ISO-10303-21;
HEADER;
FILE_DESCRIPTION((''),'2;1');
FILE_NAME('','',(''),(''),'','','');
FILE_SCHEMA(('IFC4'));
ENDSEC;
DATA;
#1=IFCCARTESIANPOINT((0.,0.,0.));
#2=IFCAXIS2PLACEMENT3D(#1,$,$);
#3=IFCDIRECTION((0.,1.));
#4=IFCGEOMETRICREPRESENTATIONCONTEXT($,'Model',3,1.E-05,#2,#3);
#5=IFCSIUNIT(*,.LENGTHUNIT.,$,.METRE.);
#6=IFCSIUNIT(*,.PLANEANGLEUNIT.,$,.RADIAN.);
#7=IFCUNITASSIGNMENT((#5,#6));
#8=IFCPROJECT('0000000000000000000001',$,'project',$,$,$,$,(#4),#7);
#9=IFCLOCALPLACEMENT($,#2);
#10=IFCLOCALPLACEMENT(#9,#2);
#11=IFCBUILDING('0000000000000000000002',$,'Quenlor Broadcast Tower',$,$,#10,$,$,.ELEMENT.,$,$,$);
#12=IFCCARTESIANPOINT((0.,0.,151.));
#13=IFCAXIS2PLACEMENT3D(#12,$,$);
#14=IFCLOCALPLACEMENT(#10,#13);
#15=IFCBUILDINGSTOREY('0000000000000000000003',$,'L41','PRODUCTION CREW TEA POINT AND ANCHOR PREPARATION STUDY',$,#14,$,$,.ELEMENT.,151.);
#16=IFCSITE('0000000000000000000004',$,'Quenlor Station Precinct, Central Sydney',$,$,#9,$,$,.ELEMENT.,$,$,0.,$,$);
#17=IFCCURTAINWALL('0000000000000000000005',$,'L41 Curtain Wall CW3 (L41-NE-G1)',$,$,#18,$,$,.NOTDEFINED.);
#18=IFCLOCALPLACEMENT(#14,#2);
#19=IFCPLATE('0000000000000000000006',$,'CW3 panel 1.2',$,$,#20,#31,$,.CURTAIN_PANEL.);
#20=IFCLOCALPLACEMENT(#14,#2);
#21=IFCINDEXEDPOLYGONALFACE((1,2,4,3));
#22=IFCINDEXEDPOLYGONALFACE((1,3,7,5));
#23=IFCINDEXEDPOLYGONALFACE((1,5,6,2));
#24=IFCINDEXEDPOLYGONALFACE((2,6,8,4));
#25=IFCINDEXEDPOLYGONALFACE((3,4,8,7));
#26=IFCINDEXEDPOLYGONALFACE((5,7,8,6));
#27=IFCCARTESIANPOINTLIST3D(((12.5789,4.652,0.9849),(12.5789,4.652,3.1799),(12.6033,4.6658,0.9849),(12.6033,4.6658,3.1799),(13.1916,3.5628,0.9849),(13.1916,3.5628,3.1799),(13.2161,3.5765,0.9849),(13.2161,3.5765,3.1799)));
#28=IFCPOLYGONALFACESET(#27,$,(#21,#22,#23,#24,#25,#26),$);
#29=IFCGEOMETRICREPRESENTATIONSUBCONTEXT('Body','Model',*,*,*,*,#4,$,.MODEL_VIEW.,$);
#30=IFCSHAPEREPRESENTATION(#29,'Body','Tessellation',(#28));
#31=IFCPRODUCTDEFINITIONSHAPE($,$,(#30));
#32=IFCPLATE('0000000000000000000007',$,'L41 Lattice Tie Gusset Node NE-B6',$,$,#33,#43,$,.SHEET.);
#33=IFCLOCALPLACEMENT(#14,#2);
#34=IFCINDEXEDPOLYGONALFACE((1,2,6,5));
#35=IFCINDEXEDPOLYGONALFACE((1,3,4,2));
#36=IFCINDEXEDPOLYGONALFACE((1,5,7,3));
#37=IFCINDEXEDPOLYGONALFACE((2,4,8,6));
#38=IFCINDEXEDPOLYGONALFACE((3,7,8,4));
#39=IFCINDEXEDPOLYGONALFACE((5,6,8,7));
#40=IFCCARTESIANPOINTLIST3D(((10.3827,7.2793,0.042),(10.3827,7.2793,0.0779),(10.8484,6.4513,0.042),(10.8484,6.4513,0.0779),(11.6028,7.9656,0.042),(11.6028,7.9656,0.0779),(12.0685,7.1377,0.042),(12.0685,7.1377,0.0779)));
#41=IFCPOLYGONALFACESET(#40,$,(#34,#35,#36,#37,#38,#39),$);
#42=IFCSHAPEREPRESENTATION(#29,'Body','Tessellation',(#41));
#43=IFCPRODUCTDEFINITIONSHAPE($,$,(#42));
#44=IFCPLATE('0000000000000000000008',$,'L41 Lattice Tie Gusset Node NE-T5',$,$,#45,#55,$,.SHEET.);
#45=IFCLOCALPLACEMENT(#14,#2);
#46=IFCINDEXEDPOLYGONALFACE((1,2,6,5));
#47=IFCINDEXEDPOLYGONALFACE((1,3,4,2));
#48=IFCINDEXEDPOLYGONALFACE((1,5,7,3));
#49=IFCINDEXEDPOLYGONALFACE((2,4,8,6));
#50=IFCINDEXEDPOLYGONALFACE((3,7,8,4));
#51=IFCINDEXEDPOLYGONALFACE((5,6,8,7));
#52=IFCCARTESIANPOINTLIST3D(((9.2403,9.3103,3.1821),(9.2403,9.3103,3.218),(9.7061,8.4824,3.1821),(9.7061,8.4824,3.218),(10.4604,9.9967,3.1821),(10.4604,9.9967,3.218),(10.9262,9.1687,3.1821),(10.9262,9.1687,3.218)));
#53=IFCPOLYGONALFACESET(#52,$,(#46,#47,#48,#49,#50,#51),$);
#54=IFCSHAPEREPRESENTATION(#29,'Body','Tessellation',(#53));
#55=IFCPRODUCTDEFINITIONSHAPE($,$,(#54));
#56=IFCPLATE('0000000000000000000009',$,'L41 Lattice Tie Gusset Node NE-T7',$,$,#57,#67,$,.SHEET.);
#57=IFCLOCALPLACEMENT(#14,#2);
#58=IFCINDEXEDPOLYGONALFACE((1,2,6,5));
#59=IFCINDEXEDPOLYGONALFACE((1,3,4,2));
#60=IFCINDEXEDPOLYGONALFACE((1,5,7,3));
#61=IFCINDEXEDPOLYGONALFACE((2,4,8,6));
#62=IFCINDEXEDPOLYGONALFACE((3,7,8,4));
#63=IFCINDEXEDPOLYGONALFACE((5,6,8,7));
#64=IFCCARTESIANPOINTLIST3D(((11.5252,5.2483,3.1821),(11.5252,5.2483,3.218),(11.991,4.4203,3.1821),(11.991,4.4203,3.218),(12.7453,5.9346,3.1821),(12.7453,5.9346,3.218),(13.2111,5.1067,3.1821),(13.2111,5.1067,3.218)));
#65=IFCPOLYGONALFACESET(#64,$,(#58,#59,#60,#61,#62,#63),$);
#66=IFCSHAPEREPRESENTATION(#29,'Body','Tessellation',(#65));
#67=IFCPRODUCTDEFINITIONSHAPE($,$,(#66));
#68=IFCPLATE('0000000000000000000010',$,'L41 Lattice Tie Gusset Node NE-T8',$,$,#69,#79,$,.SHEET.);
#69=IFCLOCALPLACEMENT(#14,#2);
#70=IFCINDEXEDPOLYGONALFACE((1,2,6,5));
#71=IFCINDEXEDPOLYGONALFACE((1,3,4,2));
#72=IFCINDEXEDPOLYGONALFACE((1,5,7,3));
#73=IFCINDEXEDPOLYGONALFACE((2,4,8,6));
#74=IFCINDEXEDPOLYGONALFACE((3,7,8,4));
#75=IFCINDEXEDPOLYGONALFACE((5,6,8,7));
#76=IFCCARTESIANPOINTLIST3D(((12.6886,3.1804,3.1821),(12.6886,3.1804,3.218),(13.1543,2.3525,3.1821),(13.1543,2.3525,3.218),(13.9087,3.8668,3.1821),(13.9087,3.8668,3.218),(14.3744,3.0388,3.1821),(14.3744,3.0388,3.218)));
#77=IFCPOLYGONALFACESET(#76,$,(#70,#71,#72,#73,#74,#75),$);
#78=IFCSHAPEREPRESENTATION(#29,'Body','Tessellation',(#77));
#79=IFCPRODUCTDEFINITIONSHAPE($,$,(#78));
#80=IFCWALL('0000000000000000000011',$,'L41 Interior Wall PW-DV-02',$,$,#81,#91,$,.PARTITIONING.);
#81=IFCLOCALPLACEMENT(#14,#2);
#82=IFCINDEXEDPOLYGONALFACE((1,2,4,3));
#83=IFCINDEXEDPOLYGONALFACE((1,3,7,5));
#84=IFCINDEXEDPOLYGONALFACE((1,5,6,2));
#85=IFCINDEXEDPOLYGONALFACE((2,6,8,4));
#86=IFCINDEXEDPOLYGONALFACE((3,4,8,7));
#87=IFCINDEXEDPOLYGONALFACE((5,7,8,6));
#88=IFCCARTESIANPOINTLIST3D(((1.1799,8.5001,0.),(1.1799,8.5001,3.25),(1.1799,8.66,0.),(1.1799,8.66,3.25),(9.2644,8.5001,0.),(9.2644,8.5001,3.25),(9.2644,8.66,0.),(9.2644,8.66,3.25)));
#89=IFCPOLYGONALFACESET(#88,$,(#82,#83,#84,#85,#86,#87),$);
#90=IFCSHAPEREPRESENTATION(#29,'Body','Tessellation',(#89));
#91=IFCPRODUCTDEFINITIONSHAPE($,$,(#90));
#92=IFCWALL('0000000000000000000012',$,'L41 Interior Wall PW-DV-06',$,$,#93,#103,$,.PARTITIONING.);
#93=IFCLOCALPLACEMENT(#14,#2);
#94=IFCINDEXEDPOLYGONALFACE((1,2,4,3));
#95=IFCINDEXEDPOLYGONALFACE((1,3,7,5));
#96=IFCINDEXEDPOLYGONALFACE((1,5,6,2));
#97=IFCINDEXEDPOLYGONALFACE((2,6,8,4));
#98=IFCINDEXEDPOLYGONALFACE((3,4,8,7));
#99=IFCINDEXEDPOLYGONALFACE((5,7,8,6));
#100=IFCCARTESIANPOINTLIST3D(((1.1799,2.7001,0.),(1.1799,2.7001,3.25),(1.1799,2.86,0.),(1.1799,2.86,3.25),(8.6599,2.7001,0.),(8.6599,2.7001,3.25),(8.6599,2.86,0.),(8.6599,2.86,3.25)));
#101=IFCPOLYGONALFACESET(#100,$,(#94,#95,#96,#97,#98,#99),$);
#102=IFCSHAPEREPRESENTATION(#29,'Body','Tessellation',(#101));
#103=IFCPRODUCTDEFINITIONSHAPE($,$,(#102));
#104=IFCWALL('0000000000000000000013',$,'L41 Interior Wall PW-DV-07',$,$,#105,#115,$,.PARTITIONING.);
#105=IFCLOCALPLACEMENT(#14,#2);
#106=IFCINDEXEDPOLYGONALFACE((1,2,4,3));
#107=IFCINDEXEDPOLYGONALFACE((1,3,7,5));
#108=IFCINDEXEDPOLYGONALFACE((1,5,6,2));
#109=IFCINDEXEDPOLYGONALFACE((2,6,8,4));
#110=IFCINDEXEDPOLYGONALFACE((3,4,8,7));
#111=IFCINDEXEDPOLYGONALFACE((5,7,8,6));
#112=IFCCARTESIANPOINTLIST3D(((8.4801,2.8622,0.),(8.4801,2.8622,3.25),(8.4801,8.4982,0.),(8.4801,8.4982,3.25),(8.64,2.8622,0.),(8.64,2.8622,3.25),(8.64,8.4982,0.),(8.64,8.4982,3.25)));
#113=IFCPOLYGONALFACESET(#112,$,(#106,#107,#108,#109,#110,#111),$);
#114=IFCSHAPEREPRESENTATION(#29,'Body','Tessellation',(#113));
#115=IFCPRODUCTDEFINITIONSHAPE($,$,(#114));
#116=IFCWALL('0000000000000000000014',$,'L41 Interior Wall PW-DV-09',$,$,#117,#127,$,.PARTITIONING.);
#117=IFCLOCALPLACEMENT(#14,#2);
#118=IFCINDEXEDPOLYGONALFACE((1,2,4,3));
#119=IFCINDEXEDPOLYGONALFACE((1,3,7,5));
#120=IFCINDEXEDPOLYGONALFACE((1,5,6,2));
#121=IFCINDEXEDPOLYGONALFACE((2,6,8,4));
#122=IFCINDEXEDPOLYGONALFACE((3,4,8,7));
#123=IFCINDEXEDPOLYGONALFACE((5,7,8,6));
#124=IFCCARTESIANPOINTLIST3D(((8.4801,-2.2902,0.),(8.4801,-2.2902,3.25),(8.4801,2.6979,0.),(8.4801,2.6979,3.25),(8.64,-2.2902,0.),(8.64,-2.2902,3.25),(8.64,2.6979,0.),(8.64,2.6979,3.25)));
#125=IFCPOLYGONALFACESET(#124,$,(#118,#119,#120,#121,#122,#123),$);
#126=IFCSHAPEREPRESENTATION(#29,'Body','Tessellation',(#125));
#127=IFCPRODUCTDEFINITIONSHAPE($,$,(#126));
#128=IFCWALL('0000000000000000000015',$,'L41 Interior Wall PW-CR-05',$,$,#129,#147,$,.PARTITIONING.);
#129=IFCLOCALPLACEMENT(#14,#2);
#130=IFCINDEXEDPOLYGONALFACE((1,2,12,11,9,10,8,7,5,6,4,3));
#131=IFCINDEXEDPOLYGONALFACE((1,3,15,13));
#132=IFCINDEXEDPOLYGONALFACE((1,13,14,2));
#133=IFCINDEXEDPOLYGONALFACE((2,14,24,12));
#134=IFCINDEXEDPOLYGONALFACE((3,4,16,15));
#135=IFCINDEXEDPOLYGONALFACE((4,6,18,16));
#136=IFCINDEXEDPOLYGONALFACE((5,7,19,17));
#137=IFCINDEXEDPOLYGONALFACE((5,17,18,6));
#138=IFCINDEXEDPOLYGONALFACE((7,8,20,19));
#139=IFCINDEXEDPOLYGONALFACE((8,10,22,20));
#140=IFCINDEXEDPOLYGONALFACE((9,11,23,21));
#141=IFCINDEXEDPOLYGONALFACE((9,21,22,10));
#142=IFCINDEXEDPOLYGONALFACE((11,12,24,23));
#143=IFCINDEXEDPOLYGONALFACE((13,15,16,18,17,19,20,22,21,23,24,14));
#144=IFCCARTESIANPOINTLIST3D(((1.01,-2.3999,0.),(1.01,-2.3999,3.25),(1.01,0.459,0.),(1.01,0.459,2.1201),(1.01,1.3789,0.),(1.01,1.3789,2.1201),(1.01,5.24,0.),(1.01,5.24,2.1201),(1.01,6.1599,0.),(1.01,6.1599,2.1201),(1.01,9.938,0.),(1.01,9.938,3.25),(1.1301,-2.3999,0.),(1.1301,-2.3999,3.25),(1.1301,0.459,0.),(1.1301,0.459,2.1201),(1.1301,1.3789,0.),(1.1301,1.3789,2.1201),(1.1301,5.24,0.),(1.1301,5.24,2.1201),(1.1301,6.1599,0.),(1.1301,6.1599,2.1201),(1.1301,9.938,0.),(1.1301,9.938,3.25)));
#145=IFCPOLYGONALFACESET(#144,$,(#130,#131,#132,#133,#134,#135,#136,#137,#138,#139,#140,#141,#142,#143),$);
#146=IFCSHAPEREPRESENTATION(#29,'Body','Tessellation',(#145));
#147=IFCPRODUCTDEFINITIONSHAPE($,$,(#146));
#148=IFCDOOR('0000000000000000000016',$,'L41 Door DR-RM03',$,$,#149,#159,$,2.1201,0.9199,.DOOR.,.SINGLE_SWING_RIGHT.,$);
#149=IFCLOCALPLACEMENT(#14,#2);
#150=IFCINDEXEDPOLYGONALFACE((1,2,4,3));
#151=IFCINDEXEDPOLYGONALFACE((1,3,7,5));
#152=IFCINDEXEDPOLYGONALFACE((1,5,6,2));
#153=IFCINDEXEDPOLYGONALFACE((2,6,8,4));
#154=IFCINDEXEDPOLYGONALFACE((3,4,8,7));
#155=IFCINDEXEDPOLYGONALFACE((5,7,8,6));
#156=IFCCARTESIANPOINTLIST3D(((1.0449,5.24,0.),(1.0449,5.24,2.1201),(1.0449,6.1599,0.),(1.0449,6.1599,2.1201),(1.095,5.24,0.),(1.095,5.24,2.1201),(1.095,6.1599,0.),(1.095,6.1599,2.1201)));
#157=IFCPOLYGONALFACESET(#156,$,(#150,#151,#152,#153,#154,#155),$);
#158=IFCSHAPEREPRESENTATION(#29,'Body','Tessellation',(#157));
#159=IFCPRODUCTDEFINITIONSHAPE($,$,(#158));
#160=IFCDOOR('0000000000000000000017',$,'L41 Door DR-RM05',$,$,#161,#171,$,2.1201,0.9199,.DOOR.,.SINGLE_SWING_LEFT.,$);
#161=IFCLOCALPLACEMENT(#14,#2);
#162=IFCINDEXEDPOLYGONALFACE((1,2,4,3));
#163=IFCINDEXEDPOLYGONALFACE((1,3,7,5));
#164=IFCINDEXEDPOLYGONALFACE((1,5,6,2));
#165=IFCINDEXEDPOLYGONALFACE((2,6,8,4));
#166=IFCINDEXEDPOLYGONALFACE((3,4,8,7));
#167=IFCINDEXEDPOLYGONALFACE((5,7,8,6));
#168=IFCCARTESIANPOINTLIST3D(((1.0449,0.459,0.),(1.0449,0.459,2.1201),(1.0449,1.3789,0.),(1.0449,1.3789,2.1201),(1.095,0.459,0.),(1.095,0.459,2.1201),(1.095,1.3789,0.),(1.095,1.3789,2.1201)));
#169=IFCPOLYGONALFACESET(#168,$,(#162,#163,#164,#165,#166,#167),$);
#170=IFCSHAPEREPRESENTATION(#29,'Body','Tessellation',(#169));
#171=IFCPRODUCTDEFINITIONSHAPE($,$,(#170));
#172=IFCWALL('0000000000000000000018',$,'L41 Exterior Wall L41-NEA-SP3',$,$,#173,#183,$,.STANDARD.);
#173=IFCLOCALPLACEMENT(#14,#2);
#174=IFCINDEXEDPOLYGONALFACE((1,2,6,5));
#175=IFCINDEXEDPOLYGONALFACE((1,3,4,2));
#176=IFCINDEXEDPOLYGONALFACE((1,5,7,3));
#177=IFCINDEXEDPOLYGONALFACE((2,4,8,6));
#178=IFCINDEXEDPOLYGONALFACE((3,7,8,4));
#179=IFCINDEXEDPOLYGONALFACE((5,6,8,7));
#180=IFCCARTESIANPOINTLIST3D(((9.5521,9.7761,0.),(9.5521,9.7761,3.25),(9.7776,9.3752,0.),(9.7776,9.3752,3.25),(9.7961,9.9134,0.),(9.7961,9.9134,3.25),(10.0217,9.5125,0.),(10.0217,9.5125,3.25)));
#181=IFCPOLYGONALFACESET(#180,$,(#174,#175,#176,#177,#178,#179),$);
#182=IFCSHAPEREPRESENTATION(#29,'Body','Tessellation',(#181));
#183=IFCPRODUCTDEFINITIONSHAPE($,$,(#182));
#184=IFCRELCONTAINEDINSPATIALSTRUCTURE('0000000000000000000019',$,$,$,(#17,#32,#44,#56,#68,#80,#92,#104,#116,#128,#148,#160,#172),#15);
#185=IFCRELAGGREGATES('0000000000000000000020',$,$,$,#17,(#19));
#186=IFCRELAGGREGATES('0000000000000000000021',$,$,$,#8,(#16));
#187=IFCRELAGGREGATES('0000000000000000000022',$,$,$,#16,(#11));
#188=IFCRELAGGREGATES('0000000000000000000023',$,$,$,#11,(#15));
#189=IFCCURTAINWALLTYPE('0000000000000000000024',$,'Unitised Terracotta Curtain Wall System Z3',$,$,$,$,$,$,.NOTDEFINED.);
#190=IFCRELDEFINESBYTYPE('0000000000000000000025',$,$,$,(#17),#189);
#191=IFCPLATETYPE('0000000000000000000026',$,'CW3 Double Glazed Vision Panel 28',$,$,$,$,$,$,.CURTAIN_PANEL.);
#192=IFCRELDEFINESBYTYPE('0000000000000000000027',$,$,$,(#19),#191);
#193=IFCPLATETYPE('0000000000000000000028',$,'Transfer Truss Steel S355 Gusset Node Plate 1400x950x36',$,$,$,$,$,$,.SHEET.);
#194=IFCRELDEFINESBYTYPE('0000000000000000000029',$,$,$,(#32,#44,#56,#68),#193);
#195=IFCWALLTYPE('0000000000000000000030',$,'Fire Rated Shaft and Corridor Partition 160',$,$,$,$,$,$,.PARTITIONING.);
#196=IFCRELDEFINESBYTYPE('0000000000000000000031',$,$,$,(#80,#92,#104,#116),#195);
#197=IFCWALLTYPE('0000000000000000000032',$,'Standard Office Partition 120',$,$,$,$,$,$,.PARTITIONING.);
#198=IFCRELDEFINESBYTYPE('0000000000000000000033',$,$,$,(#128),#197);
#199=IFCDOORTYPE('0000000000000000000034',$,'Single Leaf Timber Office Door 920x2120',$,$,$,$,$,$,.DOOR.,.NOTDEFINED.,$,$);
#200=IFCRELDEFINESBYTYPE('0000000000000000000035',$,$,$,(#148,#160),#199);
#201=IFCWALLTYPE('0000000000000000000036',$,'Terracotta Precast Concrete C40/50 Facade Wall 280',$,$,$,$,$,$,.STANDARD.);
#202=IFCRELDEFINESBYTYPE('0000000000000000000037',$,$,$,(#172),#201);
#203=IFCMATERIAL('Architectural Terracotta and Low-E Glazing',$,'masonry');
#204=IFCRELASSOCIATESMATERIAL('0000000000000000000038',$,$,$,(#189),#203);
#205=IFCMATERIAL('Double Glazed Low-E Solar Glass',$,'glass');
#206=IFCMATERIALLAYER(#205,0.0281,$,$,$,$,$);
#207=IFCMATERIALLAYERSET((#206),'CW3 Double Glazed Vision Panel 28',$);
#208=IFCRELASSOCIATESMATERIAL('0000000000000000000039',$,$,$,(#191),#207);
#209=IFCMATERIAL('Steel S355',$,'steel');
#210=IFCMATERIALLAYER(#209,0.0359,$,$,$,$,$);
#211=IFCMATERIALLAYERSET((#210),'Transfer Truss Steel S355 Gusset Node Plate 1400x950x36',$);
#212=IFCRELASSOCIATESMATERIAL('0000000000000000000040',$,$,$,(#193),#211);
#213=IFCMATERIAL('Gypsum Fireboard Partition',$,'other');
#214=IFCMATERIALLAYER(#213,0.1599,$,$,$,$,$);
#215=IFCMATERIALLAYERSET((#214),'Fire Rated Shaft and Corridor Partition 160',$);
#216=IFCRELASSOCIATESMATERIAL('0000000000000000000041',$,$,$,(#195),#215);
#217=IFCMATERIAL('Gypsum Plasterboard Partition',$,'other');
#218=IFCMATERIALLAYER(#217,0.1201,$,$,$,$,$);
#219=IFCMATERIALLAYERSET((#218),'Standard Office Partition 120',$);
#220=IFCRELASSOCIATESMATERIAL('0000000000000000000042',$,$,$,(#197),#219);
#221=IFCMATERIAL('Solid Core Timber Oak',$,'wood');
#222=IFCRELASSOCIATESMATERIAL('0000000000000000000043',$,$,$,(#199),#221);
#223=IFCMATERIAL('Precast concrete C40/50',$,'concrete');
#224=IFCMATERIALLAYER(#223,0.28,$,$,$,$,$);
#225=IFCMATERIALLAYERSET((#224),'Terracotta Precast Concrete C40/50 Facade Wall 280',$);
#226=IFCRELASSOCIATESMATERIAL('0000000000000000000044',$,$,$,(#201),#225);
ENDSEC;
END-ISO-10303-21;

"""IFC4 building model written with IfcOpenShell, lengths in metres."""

from ifc_helpers import new_model, si_unit, direction, frame, frame_2d, origin, origin_2d, place, context, subcontext, project, spatial, rectangle, extrude, material, layer, layer_set, type_object, element, fill, aggregate, save


model = new_model("IFC4")

# Units and contexts
model_context = context("Model", 3, precision=1e-05, world=origin(), true_north=direction((0.0, 1.0)))
body_context = subcontext(model_context, "Body", "Model", "MODEL_VIEW")
ifc_project = project(units=[si_unit("LENGTHUNIT", "METRE"), si_unit("PLANEANGLEUNIT", "RADIAN")], contexts=[model_context])

# Site, building, storey
site_placement = place(None, origin())
site = spatial("IfcSite", under=ifc_project, at=site_placement, Name="Quenlor Station Precinct, Central Sydney", CompositionType="ELEMENT", RefElevation=0.0)
building_placement = place(site_placement, origin())
building = spatial("IfcBuilding", under=site, at=building_placement, Name="Quenlor Broadcast Tower", CompositionType="ELEMENT")
storey_placement = place(building_placement, frame((0.0, 0.0, 151.0)))
storey = spatial("IfcBuildingStorey", under=building, at=storey_placement, Name="L41", Description="PRODUCTION CREW TEA POINT AND ANCHOR PREPARATION STUDY", CompositionType="ELEMENT", Elevation=151.0)

# Shared definitions
ifc_material_1 = material(Name="Architectural Terracotta and Low-E Glazing", Category="masonry")
curtain_wall_type = type_object("IfcCurtainWallType", Name="Unitised Terracotta Curtain Wall System Z3", PredefinedType="NOTDEFINED", material=ifc_material_1)

# Curtain wall
curtain_wall_1_placement = place(storey_placement, origin())
curtain_wall_1 = element("IfcCurtainWall", 1, at=curtain_wall_1_placement, inside=storey, type_object=curtain_wall_type, Name="L41 Curtain Wall CW3 (L41-NE-G1)", PredefinedType="NOTDEFINED")

# Plate
ifc_material_2 = material(Name="Double Glazed Low-E Solar Glass", Category="glass")
ifc_layer_1 = layer(ifc_material_2, 0.0281)
ifc_layer_set_1 = layer_set([ifc_layer_1], Name="CW3 Double Glazed Vision Panel 28")
plate_type_1 = type_object("IfcPlateType", Name="CW3 Double Glazed Vision Panel 28", PredefinedType="CURTAIN_PANEL", material=ifc_layer_set_1)
plate_1_placement = place(storey_placement, frame((12.8975, 4.1143, 0.9849), z_axis=(0.0, 0.0, 1.0), x_axis=(0.490285, -0.871562, 0.0)))
plate_1 = element("IfcPlate", 2, at=plate_1_placement, type_object=plate_type_1, Name="CW3 panel 1.2", PredefinedType="CURTAIN_PANEL", context=body_context, shape_type="SweptSolid", body=[
    extrude(rectangle(XDim=1.2498, YDim=0.0281, at=origin_2d()), origin(), (0.0, 0.0, 1.0), 2.1951),
])
aggregate(curtain_wall_1, [plate_1])

# Plates
ifc_material_3 = material(Name="Steel S355", Category="steel")
ifc_layer_2 = layer(ifc_material_3, 0.0359)
ifc_layer_set_2 = layer_set([ifc_layer_2], Name="Transfer Truss Steel S355 Gusset Node Plate 1400x950x36")
plate_type_2 = type_object("IfcPlateType", Name="Transfer Truss Steel S355 Gusset Node Plate 1400x950x36", PredefinedType="SHEET", material=ifc_layer_set_2)
for number, where, z_axis, x_axis, name in (
    (3, (11.2256, 7.2085, 0.042), (0.0, 0.0, 1.0), (0.871556, 0.490295, 0.0), "L41 Lattice Tie Gusset Node NE-B6"),
    (4, (10.0833, 9.2395, 3.1821), (0.0, 0.0, 1.0), (0.871556, 0.490295, 0.0), "L41 Lattice Tie Gusset Node NE-T5"),
    (5, (12.3682, 5.1775, 3.1821), (0.0, 0.0, 1.0), (0.871556, 0.490295, 0.0), "L41 Lattice Tie Gusset Node NE-T7"),
    (6, (13.5315, 3.1096, 3.1821), (0.0, 0.0, 1.0), (0.871556, 0.490295, 0.0), "L41 Lattice Tie Gusset Node NE-T8"),
):
    element("IfcPlate", number, at=place(storey_placement, frame(where, z_axis=z_axis, x_axis=x_axis)), inside=storey, type_object=plate_type_2, Name=name, PredefinedType="SHEET", context=body_context, shape_type="SweptSolid", body=[
        extrude(rectangle(XDim=1.3999, YDim=0.95, at=origin_2d()), origin(), (0.0, 0.0, 1.0), 0.0359),
    ])

# Walls
ifc_material_4 = material(Name="Gypsum Fireboard Partition", Category="other")
ifc_layer_3 = layer(ifc_material_4, 0.1599)
ifc_layer_set_3 = layer_set([ifc_layer_3], Name="Fire Rated Shaft and Corridor Partition 160")
wall_type_1 = type_object("IfcWallType", Name="Fire Rated Shaft and Corridor Partition 160", PredefinedType="PARTITIONING", material=ifc_layer_set_3)
wall_1_placement = place(storey_placement, frame((9.2644, 8.5801, 0.0), z_axis=(0.0, 0.0, 1.0), x_axis=(-1.0, 0.0, 0.0)))
element("IfcWall", 7, at=wall_1_placement, inside=storey, type_object=wall_type_1, Name="L41 Interior Wall PW-DV-02", PredefinedType="PARTITIONING", context=body_context, shape_type="SweptSolid", body=[
    extrude(rectangle(XDim=8.0845, YDim=0.1599, at=frame_2d((4.0422, 0.0))), origin(), (0.0, 0.0, 1.0), 3.25),
])
wall_2_placement = place(storey_placement, frame((8.6599, 2.78, 0.0), z_axis=(0.0, 0.0, 1.0), x_axis=(-1.0, 0.0, 0.0)))
element("IfcWall", 8, at=wall_2_placement, inside=storey, type_object=wall_type_1, Name="L41 Interior Wall PW-DV-06", PredefinedType="PARTITIONING", context=body_context, shape_type="SweptSolid", body=[
    extrude(rectangle(XDim=7.48, YDim=0.1599, at=frame_2d((3.74, 0.0))), origin(), (0.0, 0.0, 1.0), 3.25),
])
wall_3_placement = place(storey_placement, frame((8.5601, 8.498, 0.0), z_axis=(0.0, 0.0, 1.0), x_axis=(0.0, -1.0, 0.0)))
element("IfcWall", 9, at=wall_3_placement, inside=storey, type_object=wall_type_1, Name="L41 Interior Wall PW-DV-07", PredefinedType="PARTITIONING", context=body_context, shape_type="SweptSolid", body=[
    extrude(rectangle(XDim=5.636, YDim=0.1599, at=frame_2d((2.8179, 0.0))), origin(), (0.0, 0.0, 1.0), 3.25),
])
wall_4_placement = place(storey_placement, frame((8.5601, 2.698, 0.0), z_axis=(0.0, 0.0, 1.0), x_axis=(0.0, -1.0, 0.0)))
element("IfcWall", 10, at=wall_4_placement, inside=storey, type_object=wall_type_1, Name="L41 Interior Wall PW-DV-09", PredefinedType="PARTITIONING", context=body_context, shape_type="SweptSolid", body=[
    extrude(rectangle(XDim=4.988, YDim=0.1599, at=frame_2d((2.4941, 0.0))), origin(), (0.0, 0.0, 1.0), 3.25),
])

# Wall, openings, doors
ifc_material_5 = material(Name="Gypsum Plasterboard Partition", Category="other")
ifc_layer_4 = layer(ifc_material_5, 0.1201)
ifc_layer_set_4 = layer_set([ifc_layer_4], Name="Standard Office Partition 120")
wall_type_2 = type_object("IfcWallType", Name="Standard Office Partition 120", PredefinedType="PARTITIONING", material=ifc_layer_set_4)
wall_5_placement = place(storey_placement, frame((1.0701, 9.938, 0.0), z_axis=(0.0, 0.0, 1.0), x_axis=(0.0, -1.0, 0.0)))
wall_5 = element("IfcWall", 11, at=wall_5_placement, inside=storey, type_object=wall_type_2, Name="L41 Interior Wall PW-CR-05", PredefinedType="PARTITIONING", context=body_context, shape_type="SweptSolid", body=[
    extrude(rectangle(XDim=12.3379, YDim=0.1201, at=frame_2d((6.1689, 0.0))), origin(), (0.0, 0.0, 1.0), 3.25),
])
opening_1_placement = place(wall_5_placement, frame((3.7781, 0.0, 0.0)))
opening_1 = element("IfcOpeningElement", 12, at=opening_1_placement, cuts=wall_5, PredefinedType="OPENING", context=body_context, shape_type="SweptSolid", body=[
    extrude(rectangle(XDim=0.9199, YDim=2.1201, at=frame_2d((0.46, 1.0601))), frame((0.0, 0.0701, 0.0), z_axis=(0.0, -1.0, 0.0), x_axis=(1.0, 0.0, 0.0)), (0.0, 0.0, 1.0), 0.1401),
])
opening_2_placement = place(wall_5_placement, frame((8.5591, 0.0, 0.0)))
opening_2 = element("IfcOpeningElement", 13, at=opening_2_placement, cuts=wall_5, PredefinedType="OPENING", context=body_context, shape_type="SweptSolid", body=[
    extrude(rectangle(XDim=0.9199, YDim=2.1201, at=frame_2d((0.46, 1.0601))), frame((0.0, 0.0701, 0.0), z_axis=(0.0, -1.0, 0.0), x_axis=(1.0, 0.0, 0.0)), (0.0, 0.0, 1.0), 0.1401),
])
ifc_material_6 = material(Name="Solid Core Timber Oak", Category="wood")
door_type = type_object("IfcDoorType", Name="Single Leaf Timber Office Door 920x2120", OperationType="NOTDEFINED", PredefinedType="DOOR", material=ifc_material_6)
door_1_placement = place(opening_1_placement, origin())
door_1 = element("IfcDoor", 14, at=door_1_placement, inside=storey, type_object=door_type, Name="L41 Door DR-RM03", OperationType="SINGLE_SWING_RIGHT", OverallHeight=2.1201, OverallWidth=0.9199, PredefinedType="DOOR", context=body_context, shape_type="SweptSolid", body=[
    extrude(rectangle(XDim=0.9199, YDim=2.1201, at=frame_2d((0.46, 1.0601))), frame((0.0, 0.0249, 0.0), z_axis=(0.0, -1.0, 0.0), x_axis=(1.0, 0.0, 0.0)), (0.0, 0.0, 1.0), 0.05),
])
fill(opening_1, door_1)
door_2_placement = place(opening_2_placement, origin())
door_2 = element("IfcDoor", 15, at=door_2_placement, inside=storey, type_object=door_type, Name="L41 Door DR-RM05", OperationType="SINGLE_SWING_LEFT", OverallHeight=2.1201, OverallWidth=0.9199, PredefinedType="DOOR", context=body_context, shape_type="SweptSolid", body=[
    extrude(rectangle(XDim=0.9199, YDim=2.1201, at=frame_2d((0.46, 1.0601))), frame((0.0, 0.0249, 0.0), z_axis=(0.0, -1.0, 0.0), x_axis=(1.0, 0.0, 0.0)), (0.0, 0.0, 1.0), 0.05),
])
fill(opening_2, door_2)

# Wall
ifc_material_7 = material(Name="Precast concrete C40/50", Category="concrete")
ifc_layer_5 = layer(ifc_material_7, 0.28)
ifc_layer_set_5 = layer_set([ifc_layer_5], Name="Terracotta Precast Concrete C40/50 Facade Wall 280")
wall_type_3 = type_object("IfcWallType", Name="Terracotta Precast Concrete C40/50 Facade Wall 280", PredefinedType="STANDARD", material=ifc_layer_set_5)
wall_6_placement = place(storey_placement, frame((9.6741, 9.8447, 0.0), z_axis=(0.0, 0.0, 1.0), x_axis=(0.490412, -0.87149, 0.0)))
element("IfcWall", 16, at=wall_6_placement, inside=storey, type_object=wall_type_3, Name="L41 Exterior Wall L41-NEA-SP3", PredefinedType="STANDARD", context=body_context, shape_type="SweptSolid", body=[
    extrude(rectangle(XDim=0.46, YDim=0.28, at=frame_2d((0.23, 0.0))), origin(), (0.0, 0.0, 1.0), 3.25),
])

save(model, "model.ifc")
